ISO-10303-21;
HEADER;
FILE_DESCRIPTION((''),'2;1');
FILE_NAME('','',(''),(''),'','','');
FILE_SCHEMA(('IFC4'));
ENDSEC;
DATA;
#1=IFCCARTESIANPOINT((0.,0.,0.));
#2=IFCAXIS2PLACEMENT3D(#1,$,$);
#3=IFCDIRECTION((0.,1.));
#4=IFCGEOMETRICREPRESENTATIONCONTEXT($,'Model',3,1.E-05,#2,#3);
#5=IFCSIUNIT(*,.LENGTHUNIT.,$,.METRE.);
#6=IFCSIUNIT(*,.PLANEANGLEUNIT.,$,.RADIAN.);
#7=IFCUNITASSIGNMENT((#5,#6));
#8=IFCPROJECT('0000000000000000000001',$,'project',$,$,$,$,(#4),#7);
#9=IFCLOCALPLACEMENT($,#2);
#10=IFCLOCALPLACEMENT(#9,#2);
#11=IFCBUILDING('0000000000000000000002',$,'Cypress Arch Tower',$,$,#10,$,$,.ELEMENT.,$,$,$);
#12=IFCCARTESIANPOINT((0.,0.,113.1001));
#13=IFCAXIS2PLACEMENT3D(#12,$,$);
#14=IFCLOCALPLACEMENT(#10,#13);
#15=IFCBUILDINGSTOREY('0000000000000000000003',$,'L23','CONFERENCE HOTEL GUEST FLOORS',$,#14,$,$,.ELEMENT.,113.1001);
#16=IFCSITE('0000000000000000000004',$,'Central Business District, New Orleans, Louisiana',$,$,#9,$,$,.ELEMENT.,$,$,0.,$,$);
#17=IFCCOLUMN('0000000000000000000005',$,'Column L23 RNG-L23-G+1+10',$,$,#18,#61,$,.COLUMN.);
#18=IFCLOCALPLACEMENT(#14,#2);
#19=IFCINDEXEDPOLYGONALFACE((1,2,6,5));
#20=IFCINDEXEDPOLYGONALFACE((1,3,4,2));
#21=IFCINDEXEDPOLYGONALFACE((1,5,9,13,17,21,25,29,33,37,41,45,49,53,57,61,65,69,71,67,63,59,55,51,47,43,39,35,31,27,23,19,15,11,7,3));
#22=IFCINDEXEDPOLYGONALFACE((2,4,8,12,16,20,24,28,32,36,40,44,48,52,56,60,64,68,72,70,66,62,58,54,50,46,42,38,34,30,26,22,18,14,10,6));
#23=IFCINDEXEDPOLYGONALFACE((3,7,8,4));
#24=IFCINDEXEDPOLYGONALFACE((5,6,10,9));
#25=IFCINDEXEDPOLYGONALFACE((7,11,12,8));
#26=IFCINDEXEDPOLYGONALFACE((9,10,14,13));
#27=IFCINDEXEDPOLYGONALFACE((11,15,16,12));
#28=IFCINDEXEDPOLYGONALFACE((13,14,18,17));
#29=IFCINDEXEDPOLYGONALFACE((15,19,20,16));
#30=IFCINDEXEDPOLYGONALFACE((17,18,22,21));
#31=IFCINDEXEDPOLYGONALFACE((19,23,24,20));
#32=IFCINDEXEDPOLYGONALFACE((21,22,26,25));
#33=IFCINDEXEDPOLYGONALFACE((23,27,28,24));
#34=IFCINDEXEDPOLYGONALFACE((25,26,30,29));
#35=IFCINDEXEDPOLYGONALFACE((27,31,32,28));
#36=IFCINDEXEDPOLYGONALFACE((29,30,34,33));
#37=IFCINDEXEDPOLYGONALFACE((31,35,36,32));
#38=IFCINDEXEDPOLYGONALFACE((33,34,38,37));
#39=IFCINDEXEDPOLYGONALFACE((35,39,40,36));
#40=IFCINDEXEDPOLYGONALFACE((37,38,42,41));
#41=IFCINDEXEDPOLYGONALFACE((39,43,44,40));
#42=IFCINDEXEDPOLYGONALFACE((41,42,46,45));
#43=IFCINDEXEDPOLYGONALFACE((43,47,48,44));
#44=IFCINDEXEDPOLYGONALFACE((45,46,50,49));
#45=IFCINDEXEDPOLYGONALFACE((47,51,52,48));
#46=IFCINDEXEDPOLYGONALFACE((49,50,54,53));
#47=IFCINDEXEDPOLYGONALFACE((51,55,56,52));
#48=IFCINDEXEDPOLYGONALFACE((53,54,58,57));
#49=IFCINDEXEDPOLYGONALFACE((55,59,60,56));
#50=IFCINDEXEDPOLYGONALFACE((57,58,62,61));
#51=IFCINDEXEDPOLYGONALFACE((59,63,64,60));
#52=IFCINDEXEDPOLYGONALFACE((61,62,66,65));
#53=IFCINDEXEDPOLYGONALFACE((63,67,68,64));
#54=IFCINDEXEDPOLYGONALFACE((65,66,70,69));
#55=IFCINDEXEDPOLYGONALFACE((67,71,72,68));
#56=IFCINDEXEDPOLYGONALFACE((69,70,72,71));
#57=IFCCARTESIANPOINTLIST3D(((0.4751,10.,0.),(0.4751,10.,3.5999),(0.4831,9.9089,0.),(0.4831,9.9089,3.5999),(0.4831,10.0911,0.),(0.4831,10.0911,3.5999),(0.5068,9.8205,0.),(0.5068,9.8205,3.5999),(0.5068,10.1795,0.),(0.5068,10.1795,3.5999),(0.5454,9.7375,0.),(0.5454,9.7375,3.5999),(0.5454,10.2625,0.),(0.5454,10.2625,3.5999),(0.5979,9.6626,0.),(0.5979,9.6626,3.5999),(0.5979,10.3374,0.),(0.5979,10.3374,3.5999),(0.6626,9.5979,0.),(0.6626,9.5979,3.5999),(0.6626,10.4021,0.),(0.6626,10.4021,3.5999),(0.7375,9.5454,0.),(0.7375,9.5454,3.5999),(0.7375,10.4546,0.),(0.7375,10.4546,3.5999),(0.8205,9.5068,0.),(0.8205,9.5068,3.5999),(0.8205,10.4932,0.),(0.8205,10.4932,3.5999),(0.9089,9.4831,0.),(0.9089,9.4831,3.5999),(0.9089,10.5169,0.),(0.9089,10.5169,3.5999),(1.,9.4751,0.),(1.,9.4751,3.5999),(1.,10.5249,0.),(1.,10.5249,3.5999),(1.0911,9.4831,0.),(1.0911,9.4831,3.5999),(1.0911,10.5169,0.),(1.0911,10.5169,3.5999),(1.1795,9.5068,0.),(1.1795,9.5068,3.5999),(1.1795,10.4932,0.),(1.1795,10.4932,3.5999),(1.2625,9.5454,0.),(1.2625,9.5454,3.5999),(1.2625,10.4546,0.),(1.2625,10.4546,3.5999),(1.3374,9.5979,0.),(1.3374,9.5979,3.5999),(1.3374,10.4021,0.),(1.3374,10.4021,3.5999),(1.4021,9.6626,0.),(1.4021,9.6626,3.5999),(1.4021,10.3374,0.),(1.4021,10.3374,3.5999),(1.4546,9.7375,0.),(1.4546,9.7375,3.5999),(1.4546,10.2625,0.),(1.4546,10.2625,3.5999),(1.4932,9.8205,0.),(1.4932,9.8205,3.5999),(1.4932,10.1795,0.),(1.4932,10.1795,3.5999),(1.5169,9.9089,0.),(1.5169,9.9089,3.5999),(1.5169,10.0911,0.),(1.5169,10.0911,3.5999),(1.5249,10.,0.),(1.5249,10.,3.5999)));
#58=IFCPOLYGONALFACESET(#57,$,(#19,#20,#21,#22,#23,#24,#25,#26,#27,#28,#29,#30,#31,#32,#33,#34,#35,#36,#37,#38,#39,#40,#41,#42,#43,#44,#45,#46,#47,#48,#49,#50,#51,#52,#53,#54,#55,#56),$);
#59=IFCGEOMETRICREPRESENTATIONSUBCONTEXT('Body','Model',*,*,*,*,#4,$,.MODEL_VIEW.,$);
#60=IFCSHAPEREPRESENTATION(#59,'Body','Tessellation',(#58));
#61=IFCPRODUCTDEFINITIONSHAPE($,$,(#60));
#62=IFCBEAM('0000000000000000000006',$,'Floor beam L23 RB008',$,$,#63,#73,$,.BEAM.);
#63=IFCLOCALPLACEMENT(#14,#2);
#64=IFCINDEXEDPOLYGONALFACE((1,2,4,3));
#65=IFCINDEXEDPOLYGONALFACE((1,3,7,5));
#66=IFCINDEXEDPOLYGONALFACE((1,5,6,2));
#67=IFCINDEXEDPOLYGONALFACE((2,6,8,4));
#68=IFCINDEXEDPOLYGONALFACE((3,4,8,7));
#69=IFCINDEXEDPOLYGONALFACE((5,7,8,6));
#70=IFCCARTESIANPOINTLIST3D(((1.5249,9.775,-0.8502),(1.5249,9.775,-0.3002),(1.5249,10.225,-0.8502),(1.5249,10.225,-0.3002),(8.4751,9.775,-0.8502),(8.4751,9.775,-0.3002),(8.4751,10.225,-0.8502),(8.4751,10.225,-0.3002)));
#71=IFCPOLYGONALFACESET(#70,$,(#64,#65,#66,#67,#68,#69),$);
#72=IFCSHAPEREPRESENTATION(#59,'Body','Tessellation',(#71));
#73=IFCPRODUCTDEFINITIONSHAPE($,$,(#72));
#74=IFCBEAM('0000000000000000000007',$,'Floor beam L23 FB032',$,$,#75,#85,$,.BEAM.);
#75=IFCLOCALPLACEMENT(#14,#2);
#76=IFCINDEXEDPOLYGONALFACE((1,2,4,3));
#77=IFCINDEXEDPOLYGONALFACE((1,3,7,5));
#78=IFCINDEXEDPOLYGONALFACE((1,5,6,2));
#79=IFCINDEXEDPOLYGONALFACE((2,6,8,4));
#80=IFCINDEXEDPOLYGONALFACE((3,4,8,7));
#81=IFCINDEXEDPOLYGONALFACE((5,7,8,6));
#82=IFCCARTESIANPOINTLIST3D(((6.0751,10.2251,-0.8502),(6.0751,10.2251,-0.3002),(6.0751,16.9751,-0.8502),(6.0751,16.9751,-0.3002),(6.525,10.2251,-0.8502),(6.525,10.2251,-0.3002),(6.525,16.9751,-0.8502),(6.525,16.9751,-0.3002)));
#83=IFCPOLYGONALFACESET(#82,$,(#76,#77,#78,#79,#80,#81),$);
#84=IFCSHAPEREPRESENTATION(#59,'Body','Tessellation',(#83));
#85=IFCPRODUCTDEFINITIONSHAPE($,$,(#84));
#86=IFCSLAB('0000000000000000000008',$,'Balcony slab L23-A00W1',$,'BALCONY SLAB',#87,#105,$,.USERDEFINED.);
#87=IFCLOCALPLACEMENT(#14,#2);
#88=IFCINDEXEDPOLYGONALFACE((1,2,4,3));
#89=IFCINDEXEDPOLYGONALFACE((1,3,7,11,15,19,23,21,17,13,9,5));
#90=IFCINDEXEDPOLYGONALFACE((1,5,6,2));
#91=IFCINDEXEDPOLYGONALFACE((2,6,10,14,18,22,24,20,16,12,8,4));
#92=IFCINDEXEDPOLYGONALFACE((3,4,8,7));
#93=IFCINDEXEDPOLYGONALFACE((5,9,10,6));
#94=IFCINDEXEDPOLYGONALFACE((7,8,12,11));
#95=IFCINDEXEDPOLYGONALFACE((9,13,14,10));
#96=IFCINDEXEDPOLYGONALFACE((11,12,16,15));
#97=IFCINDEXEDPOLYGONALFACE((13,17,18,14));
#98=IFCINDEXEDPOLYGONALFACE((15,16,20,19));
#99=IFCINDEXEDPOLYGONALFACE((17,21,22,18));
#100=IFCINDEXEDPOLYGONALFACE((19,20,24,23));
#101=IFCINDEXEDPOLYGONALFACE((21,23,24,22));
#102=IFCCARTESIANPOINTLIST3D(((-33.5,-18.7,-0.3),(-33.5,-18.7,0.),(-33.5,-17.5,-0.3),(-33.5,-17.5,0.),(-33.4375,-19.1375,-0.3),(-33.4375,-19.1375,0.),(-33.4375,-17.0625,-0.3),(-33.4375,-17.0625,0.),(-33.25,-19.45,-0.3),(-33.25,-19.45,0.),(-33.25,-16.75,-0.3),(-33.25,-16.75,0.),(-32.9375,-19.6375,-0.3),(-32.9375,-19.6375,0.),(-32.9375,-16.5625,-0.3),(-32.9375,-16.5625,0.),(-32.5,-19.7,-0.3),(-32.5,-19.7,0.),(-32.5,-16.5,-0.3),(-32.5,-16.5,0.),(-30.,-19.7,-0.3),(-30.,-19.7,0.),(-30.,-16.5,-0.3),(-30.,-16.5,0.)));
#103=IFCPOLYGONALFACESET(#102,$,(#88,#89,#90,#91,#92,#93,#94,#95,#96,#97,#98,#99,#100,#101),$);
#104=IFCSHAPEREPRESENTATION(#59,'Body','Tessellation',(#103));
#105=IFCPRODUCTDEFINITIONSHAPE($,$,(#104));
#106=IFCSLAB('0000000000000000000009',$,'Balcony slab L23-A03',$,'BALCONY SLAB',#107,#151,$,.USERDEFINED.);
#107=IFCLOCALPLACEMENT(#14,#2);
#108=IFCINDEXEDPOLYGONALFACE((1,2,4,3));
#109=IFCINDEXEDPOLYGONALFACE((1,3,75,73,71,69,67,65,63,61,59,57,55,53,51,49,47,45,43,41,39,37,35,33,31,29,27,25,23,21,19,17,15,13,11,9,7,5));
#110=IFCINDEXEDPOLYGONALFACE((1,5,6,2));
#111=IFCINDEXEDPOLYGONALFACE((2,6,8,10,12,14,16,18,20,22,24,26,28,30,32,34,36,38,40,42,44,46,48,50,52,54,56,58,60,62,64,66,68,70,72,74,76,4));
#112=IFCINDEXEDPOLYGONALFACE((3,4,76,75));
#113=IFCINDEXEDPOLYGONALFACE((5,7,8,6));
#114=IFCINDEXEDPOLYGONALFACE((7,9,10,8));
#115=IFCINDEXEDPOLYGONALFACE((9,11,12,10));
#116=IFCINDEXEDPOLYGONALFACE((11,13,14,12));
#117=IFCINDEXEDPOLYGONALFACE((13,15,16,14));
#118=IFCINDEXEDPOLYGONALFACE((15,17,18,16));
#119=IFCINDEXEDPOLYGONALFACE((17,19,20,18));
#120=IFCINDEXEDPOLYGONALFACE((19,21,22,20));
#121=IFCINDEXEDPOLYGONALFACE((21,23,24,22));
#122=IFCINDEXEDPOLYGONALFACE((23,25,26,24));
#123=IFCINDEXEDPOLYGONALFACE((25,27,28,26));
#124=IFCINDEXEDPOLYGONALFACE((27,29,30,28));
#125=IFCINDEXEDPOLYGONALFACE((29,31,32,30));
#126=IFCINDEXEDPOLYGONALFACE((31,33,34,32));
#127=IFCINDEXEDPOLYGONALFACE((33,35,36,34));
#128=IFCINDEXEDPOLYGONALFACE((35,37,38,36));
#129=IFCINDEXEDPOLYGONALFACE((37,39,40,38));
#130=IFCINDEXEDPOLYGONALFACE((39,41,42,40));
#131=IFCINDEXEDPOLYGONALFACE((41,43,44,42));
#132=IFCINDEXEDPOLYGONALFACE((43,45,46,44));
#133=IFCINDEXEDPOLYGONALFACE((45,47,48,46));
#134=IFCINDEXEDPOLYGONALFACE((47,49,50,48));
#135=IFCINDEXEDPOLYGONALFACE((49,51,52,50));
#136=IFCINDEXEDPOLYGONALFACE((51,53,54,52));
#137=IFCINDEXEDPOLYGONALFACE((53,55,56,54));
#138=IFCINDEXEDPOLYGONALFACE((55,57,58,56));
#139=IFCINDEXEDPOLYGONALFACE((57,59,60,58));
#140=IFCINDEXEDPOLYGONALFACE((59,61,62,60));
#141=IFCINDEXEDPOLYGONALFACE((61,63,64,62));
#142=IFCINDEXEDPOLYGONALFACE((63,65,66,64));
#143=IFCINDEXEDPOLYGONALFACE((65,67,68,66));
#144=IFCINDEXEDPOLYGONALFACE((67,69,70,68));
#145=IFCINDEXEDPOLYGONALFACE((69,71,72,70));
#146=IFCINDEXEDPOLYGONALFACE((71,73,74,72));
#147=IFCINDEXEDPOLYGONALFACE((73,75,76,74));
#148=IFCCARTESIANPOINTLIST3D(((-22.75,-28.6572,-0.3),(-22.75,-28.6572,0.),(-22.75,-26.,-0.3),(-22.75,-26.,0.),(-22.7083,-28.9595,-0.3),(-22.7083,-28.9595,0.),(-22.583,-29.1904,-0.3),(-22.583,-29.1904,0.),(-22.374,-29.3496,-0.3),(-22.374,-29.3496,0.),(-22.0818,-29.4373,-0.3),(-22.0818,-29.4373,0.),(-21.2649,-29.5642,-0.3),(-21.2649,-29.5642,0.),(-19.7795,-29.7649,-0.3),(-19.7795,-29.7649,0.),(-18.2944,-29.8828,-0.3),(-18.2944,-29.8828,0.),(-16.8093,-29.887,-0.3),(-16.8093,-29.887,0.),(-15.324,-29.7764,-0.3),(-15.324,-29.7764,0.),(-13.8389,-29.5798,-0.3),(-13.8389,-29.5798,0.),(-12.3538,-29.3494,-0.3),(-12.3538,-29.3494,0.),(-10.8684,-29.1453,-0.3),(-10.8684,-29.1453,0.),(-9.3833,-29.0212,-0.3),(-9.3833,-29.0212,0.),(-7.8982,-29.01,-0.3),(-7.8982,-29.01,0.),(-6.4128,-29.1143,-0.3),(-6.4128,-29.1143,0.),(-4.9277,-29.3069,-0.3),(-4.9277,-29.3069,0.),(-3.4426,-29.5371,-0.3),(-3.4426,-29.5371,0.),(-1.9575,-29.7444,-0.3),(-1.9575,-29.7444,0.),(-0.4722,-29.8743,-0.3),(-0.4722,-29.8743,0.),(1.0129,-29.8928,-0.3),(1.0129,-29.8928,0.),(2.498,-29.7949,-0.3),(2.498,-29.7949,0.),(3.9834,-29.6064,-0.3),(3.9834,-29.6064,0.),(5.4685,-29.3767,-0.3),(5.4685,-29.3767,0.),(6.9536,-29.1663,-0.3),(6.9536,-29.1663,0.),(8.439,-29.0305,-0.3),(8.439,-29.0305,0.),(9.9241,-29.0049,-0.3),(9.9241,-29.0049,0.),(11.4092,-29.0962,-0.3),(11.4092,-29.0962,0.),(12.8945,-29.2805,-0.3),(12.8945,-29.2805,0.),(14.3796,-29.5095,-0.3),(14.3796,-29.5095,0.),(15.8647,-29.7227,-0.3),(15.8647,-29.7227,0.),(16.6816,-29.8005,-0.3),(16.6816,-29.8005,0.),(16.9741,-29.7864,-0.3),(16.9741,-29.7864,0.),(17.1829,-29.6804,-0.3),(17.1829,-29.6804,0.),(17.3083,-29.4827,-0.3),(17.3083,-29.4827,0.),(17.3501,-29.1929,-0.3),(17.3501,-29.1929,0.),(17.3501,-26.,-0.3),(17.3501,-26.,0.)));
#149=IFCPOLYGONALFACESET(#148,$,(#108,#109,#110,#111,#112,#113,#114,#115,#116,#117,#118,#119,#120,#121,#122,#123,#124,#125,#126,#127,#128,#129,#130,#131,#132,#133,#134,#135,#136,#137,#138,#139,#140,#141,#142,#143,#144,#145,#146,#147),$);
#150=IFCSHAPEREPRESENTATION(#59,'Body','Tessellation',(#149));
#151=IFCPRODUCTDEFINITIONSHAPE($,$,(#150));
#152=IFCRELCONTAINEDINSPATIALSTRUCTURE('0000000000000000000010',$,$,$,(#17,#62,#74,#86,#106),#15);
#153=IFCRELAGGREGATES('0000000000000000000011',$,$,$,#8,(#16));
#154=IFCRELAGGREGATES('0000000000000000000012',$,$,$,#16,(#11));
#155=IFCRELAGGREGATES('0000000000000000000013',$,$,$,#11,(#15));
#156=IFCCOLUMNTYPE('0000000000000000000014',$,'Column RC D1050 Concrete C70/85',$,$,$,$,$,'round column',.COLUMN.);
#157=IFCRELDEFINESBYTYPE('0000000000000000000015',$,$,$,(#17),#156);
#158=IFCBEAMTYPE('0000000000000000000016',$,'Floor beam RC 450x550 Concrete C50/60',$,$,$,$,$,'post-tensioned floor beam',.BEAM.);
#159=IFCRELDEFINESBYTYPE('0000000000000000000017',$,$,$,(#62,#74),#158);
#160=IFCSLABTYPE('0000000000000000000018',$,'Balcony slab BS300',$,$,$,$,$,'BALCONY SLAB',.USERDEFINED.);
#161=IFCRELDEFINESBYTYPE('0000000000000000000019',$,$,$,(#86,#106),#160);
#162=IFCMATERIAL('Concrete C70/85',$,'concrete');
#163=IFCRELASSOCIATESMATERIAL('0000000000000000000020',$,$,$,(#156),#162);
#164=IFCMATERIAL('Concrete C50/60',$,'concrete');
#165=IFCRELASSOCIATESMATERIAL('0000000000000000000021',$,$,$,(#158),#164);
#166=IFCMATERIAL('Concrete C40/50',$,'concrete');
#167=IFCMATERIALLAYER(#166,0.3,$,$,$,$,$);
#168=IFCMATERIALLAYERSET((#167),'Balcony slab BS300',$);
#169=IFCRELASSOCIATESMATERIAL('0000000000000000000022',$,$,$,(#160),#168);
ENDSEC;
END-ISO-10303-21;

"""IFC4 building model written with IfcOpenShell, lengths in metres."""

from ifc_helpers import new_model, si_unit, direction, frame, origin, origin_2d, place, context, subcontext, project, spatial, polyline, rectangle, circle, outline, extrude, material, layer, layer_set, material_profile, profile_set, type_object, element, save


model = new_model("IFC4")

# Units and contexts
model_context = context("Model", 3, precision=1e-05, world=origin(), true_north=direction((0.0, 1.0)))
body_context = subcontext(model_context, "Body", "Model", "MODEL_VIEW")
ifc_project = project(units=[si_unit("LENGTHUNIT", "METRE"), si_unit("PLANEANGLEUNIT", "RADIAN")], contexts=[model_context])

# Site, building, storey
site_placement = place(None, origin())
site = spatial("IfcSite", under=ifc_project, at=site_placement, Name="Central Business District, New Orleans, Louisiana", CompositionType="ELEMENT", RefElevation=0.0)
building_placement = place(site_placement, origin())
building = spatial("IfcBuilding", under=site, at=building_placement, Name="Cypress Arch Tower", CompositionType="ELEMENT")
storey_placement = place(building_placement, frame((0.0, 0.0, 113.1001)))
storey = spatial("IfcBuildingStorey", under=building, at=storey_placement, Name="L23", Description="CONFERENCE HOTEL GUEST FLOORS", CompositionType="ELEMENT", Elevation=113.1001)

# Column
ifc_material_1 = material(Name="Concrete C70/85", Category="concrete")
ifc_material_profile_1 = material_profile(ifc_material_1, circle(Radius=0.5249, at=origin_2d()), Name="RC D1050")
ifc_profile_set_1 = profile_set([ifc_material_profile_1], Name="Concrete C70/85")
column_type = type_object("IfcColumnType", Name="Column RC D1050 Concrete C70/85", ElementType="round column", PredefinedType="COLUMN", material=ifc_profile_set_1)
column_placement = place(storey_placement, frame((1.0, 10.0, 0.0), z_axis=(0.0, 0.0, 1.0), x_axis=(1.0, 0.0, 0.0)))
element("IfcColumn", 1, at=column_placement, inside=storey, type_object=column_type, Name="Column L23 RNG-L23-G+1+10", PredefinedType="COLUMN", context=body_context, shape_type="SweptSolid", body=[
    extrude(circle(Radius=0.5249, at=origin_2d()), origin(), (0.0, 0.0, 1.0), 3.5999),
])

# Beams
ifc_material_2 = material(Name="Concrete C50/60", Category="concrete")
ifc_material_profile_2 = material_profile(ifc_material_2, rectangle(XDim=0.45, YDim=0.55, at=origin_2d()), Name="RC 450x550")
ifc_profile_set_2 = profile_set([ifc_material_profile_2], Name="Concrete C50/60")
beam_type = type_object("IfcBeamType", Name="Floor beam RC 450x550 Concrete C50/60", ElementType="post-tensioned floor beam", PredefinedType="BEAM", material=ifc_profile_set_2)
beam_1_placement = place(storey_placement, frame((1.5249, 10.0, -0.5752), z_axis=(1.0, 0.0, 0.0), x_axis=(0.0, 1.0, 0.0)))
element("IfcBeam", 2, at=beam_1_placement, inside=storey, type_object=beam_type, Name="Floor beam L23 RB008", PredefinedType="BEAM", context=body_context, shape_type="SweptSolid", body=[
    extrude(rectangle(XDim=0.45, YDim=0.55, at=origin_2d()), origin(), (0.0, 0.0, 1.0), 6.9502),
])
beam_2_placement = place(storey_placement, frame((6.3, 10.2251, -0.5752), z_axis=(0.0, 1.0, 0.0), x_axis=(-1.0, 0.0, 0.0)))
element("IfcBeam", 3, at=beam_2_placement, inside=storey, type_object=beam_type, Name="Floor beam L23 FB032", PredefinedType="BEAM", context=body_context, shape_type="SweptSolid", body=[
    extrude(rectangle(XDim=0.45, YDim=0.55, at=origin_2d()), origin(), (0.0, 0.0, 1.0), 6.75),
])

# Slabs
ifc_material_3 = material(Name="Concrete C40/50", Category="concrete")
ifc_layer_1 = layer(ifc_material_3, 0.3)
ifc_layer_set_1 = layer_set([ifc_layer_1], Name="Balcony slab BS300")
slab_type_1 = type_object("IfcSlabType", Name="Balcony slab BS300", ElementType="BALCONY SLAB", PredefinedType="USERDEFINED", material=ifc_layer_set_1)
slab_1_placement = place(storey_placement, frame((0.0, 0.0, -0.3)))
element("IfcSlab", 4, at=slab_1_placement, inside=storey, type_object=slab_type_1, Name="Balcony slab L23-A00W1", ObjectType="BALCONY SLAB", PredefinedType="USERDEFINED", context=body_context, shape_type="SweptSolid", body=[
    extrude(outline(polyline([(-30.0, -16.5), (-32.5, -16.5), (-32.9375, -16.5625), (-33.25, -16.75), (-33.4375, -17.0625), (-33.5, -17.5), (-33.5, -18.7), (-33.4375, -19.1375), (-33.25, -19.45), (-32.9375, -19.6375), (-32.5, -19.7), (-30.0, -19.7), (-30.0, -16.5)])), origin(), (0.0, 0.0, 1.0), 0.3),
])
slab_2_placement = place(storey_placement, frame((0.0, 0.0, -0.3)))
element("IfcSlab", 5, at=slab_2_placement, inside=storey, type_object=slab_type_1, Name="Balcony slab L23-A03", ObjectType="BALCONY SLAB", PredefinedType="USERDEFINED", context=body_context, shape_type="SweptSolid", body=[
    extrude(outline(polyline([(-22.75, -26.0), (-22.75, -28.6572), (-22.7083, -28.9595), (-22.583, -29.1904), (-22.374, -29.3496), (-22.0818, -29.4373), (-21.2649, -29.5642), (-19.7795, -29.7649), (-18.2944, -29.8828), (-16.8093, -29.887), (-15.324, -29.7764), (-13.8389, -29.5798), (-12.3538, -29.3494), (-10.8684, -29.1453), (-9.3833, -29.0212), (-7.8982, -29.01), (-6.4128, -29.1143), (-4.9277, -29.3069), (-3.4426, -29.5371), (-1.9575, -29.7444), (-0.4722, -29.8743), (1.0129, -29.8928), (2.498, -29.7949), (3.9834, -29.6064), (5.4685, -29.3767), (6.9536, -29.1663), (8.439, -29.0305), (9.9241, -29.0049), (11.4092, -29.0962), (12.8945, -29.2805), (14.3796, -29.5095), (15.8647, -29.7227), (16.6816, -29.8005), (16.9741, -29.7864), (17.1829, -29.6804), (17.3083, -29.4827), (17.3501, -29.1929), (17.3501, -26.0), (-22.75, -26.0)])), origin(), (0.0, 0.0, 1.0), 0.3),
])

save(model, "model.ifc")
